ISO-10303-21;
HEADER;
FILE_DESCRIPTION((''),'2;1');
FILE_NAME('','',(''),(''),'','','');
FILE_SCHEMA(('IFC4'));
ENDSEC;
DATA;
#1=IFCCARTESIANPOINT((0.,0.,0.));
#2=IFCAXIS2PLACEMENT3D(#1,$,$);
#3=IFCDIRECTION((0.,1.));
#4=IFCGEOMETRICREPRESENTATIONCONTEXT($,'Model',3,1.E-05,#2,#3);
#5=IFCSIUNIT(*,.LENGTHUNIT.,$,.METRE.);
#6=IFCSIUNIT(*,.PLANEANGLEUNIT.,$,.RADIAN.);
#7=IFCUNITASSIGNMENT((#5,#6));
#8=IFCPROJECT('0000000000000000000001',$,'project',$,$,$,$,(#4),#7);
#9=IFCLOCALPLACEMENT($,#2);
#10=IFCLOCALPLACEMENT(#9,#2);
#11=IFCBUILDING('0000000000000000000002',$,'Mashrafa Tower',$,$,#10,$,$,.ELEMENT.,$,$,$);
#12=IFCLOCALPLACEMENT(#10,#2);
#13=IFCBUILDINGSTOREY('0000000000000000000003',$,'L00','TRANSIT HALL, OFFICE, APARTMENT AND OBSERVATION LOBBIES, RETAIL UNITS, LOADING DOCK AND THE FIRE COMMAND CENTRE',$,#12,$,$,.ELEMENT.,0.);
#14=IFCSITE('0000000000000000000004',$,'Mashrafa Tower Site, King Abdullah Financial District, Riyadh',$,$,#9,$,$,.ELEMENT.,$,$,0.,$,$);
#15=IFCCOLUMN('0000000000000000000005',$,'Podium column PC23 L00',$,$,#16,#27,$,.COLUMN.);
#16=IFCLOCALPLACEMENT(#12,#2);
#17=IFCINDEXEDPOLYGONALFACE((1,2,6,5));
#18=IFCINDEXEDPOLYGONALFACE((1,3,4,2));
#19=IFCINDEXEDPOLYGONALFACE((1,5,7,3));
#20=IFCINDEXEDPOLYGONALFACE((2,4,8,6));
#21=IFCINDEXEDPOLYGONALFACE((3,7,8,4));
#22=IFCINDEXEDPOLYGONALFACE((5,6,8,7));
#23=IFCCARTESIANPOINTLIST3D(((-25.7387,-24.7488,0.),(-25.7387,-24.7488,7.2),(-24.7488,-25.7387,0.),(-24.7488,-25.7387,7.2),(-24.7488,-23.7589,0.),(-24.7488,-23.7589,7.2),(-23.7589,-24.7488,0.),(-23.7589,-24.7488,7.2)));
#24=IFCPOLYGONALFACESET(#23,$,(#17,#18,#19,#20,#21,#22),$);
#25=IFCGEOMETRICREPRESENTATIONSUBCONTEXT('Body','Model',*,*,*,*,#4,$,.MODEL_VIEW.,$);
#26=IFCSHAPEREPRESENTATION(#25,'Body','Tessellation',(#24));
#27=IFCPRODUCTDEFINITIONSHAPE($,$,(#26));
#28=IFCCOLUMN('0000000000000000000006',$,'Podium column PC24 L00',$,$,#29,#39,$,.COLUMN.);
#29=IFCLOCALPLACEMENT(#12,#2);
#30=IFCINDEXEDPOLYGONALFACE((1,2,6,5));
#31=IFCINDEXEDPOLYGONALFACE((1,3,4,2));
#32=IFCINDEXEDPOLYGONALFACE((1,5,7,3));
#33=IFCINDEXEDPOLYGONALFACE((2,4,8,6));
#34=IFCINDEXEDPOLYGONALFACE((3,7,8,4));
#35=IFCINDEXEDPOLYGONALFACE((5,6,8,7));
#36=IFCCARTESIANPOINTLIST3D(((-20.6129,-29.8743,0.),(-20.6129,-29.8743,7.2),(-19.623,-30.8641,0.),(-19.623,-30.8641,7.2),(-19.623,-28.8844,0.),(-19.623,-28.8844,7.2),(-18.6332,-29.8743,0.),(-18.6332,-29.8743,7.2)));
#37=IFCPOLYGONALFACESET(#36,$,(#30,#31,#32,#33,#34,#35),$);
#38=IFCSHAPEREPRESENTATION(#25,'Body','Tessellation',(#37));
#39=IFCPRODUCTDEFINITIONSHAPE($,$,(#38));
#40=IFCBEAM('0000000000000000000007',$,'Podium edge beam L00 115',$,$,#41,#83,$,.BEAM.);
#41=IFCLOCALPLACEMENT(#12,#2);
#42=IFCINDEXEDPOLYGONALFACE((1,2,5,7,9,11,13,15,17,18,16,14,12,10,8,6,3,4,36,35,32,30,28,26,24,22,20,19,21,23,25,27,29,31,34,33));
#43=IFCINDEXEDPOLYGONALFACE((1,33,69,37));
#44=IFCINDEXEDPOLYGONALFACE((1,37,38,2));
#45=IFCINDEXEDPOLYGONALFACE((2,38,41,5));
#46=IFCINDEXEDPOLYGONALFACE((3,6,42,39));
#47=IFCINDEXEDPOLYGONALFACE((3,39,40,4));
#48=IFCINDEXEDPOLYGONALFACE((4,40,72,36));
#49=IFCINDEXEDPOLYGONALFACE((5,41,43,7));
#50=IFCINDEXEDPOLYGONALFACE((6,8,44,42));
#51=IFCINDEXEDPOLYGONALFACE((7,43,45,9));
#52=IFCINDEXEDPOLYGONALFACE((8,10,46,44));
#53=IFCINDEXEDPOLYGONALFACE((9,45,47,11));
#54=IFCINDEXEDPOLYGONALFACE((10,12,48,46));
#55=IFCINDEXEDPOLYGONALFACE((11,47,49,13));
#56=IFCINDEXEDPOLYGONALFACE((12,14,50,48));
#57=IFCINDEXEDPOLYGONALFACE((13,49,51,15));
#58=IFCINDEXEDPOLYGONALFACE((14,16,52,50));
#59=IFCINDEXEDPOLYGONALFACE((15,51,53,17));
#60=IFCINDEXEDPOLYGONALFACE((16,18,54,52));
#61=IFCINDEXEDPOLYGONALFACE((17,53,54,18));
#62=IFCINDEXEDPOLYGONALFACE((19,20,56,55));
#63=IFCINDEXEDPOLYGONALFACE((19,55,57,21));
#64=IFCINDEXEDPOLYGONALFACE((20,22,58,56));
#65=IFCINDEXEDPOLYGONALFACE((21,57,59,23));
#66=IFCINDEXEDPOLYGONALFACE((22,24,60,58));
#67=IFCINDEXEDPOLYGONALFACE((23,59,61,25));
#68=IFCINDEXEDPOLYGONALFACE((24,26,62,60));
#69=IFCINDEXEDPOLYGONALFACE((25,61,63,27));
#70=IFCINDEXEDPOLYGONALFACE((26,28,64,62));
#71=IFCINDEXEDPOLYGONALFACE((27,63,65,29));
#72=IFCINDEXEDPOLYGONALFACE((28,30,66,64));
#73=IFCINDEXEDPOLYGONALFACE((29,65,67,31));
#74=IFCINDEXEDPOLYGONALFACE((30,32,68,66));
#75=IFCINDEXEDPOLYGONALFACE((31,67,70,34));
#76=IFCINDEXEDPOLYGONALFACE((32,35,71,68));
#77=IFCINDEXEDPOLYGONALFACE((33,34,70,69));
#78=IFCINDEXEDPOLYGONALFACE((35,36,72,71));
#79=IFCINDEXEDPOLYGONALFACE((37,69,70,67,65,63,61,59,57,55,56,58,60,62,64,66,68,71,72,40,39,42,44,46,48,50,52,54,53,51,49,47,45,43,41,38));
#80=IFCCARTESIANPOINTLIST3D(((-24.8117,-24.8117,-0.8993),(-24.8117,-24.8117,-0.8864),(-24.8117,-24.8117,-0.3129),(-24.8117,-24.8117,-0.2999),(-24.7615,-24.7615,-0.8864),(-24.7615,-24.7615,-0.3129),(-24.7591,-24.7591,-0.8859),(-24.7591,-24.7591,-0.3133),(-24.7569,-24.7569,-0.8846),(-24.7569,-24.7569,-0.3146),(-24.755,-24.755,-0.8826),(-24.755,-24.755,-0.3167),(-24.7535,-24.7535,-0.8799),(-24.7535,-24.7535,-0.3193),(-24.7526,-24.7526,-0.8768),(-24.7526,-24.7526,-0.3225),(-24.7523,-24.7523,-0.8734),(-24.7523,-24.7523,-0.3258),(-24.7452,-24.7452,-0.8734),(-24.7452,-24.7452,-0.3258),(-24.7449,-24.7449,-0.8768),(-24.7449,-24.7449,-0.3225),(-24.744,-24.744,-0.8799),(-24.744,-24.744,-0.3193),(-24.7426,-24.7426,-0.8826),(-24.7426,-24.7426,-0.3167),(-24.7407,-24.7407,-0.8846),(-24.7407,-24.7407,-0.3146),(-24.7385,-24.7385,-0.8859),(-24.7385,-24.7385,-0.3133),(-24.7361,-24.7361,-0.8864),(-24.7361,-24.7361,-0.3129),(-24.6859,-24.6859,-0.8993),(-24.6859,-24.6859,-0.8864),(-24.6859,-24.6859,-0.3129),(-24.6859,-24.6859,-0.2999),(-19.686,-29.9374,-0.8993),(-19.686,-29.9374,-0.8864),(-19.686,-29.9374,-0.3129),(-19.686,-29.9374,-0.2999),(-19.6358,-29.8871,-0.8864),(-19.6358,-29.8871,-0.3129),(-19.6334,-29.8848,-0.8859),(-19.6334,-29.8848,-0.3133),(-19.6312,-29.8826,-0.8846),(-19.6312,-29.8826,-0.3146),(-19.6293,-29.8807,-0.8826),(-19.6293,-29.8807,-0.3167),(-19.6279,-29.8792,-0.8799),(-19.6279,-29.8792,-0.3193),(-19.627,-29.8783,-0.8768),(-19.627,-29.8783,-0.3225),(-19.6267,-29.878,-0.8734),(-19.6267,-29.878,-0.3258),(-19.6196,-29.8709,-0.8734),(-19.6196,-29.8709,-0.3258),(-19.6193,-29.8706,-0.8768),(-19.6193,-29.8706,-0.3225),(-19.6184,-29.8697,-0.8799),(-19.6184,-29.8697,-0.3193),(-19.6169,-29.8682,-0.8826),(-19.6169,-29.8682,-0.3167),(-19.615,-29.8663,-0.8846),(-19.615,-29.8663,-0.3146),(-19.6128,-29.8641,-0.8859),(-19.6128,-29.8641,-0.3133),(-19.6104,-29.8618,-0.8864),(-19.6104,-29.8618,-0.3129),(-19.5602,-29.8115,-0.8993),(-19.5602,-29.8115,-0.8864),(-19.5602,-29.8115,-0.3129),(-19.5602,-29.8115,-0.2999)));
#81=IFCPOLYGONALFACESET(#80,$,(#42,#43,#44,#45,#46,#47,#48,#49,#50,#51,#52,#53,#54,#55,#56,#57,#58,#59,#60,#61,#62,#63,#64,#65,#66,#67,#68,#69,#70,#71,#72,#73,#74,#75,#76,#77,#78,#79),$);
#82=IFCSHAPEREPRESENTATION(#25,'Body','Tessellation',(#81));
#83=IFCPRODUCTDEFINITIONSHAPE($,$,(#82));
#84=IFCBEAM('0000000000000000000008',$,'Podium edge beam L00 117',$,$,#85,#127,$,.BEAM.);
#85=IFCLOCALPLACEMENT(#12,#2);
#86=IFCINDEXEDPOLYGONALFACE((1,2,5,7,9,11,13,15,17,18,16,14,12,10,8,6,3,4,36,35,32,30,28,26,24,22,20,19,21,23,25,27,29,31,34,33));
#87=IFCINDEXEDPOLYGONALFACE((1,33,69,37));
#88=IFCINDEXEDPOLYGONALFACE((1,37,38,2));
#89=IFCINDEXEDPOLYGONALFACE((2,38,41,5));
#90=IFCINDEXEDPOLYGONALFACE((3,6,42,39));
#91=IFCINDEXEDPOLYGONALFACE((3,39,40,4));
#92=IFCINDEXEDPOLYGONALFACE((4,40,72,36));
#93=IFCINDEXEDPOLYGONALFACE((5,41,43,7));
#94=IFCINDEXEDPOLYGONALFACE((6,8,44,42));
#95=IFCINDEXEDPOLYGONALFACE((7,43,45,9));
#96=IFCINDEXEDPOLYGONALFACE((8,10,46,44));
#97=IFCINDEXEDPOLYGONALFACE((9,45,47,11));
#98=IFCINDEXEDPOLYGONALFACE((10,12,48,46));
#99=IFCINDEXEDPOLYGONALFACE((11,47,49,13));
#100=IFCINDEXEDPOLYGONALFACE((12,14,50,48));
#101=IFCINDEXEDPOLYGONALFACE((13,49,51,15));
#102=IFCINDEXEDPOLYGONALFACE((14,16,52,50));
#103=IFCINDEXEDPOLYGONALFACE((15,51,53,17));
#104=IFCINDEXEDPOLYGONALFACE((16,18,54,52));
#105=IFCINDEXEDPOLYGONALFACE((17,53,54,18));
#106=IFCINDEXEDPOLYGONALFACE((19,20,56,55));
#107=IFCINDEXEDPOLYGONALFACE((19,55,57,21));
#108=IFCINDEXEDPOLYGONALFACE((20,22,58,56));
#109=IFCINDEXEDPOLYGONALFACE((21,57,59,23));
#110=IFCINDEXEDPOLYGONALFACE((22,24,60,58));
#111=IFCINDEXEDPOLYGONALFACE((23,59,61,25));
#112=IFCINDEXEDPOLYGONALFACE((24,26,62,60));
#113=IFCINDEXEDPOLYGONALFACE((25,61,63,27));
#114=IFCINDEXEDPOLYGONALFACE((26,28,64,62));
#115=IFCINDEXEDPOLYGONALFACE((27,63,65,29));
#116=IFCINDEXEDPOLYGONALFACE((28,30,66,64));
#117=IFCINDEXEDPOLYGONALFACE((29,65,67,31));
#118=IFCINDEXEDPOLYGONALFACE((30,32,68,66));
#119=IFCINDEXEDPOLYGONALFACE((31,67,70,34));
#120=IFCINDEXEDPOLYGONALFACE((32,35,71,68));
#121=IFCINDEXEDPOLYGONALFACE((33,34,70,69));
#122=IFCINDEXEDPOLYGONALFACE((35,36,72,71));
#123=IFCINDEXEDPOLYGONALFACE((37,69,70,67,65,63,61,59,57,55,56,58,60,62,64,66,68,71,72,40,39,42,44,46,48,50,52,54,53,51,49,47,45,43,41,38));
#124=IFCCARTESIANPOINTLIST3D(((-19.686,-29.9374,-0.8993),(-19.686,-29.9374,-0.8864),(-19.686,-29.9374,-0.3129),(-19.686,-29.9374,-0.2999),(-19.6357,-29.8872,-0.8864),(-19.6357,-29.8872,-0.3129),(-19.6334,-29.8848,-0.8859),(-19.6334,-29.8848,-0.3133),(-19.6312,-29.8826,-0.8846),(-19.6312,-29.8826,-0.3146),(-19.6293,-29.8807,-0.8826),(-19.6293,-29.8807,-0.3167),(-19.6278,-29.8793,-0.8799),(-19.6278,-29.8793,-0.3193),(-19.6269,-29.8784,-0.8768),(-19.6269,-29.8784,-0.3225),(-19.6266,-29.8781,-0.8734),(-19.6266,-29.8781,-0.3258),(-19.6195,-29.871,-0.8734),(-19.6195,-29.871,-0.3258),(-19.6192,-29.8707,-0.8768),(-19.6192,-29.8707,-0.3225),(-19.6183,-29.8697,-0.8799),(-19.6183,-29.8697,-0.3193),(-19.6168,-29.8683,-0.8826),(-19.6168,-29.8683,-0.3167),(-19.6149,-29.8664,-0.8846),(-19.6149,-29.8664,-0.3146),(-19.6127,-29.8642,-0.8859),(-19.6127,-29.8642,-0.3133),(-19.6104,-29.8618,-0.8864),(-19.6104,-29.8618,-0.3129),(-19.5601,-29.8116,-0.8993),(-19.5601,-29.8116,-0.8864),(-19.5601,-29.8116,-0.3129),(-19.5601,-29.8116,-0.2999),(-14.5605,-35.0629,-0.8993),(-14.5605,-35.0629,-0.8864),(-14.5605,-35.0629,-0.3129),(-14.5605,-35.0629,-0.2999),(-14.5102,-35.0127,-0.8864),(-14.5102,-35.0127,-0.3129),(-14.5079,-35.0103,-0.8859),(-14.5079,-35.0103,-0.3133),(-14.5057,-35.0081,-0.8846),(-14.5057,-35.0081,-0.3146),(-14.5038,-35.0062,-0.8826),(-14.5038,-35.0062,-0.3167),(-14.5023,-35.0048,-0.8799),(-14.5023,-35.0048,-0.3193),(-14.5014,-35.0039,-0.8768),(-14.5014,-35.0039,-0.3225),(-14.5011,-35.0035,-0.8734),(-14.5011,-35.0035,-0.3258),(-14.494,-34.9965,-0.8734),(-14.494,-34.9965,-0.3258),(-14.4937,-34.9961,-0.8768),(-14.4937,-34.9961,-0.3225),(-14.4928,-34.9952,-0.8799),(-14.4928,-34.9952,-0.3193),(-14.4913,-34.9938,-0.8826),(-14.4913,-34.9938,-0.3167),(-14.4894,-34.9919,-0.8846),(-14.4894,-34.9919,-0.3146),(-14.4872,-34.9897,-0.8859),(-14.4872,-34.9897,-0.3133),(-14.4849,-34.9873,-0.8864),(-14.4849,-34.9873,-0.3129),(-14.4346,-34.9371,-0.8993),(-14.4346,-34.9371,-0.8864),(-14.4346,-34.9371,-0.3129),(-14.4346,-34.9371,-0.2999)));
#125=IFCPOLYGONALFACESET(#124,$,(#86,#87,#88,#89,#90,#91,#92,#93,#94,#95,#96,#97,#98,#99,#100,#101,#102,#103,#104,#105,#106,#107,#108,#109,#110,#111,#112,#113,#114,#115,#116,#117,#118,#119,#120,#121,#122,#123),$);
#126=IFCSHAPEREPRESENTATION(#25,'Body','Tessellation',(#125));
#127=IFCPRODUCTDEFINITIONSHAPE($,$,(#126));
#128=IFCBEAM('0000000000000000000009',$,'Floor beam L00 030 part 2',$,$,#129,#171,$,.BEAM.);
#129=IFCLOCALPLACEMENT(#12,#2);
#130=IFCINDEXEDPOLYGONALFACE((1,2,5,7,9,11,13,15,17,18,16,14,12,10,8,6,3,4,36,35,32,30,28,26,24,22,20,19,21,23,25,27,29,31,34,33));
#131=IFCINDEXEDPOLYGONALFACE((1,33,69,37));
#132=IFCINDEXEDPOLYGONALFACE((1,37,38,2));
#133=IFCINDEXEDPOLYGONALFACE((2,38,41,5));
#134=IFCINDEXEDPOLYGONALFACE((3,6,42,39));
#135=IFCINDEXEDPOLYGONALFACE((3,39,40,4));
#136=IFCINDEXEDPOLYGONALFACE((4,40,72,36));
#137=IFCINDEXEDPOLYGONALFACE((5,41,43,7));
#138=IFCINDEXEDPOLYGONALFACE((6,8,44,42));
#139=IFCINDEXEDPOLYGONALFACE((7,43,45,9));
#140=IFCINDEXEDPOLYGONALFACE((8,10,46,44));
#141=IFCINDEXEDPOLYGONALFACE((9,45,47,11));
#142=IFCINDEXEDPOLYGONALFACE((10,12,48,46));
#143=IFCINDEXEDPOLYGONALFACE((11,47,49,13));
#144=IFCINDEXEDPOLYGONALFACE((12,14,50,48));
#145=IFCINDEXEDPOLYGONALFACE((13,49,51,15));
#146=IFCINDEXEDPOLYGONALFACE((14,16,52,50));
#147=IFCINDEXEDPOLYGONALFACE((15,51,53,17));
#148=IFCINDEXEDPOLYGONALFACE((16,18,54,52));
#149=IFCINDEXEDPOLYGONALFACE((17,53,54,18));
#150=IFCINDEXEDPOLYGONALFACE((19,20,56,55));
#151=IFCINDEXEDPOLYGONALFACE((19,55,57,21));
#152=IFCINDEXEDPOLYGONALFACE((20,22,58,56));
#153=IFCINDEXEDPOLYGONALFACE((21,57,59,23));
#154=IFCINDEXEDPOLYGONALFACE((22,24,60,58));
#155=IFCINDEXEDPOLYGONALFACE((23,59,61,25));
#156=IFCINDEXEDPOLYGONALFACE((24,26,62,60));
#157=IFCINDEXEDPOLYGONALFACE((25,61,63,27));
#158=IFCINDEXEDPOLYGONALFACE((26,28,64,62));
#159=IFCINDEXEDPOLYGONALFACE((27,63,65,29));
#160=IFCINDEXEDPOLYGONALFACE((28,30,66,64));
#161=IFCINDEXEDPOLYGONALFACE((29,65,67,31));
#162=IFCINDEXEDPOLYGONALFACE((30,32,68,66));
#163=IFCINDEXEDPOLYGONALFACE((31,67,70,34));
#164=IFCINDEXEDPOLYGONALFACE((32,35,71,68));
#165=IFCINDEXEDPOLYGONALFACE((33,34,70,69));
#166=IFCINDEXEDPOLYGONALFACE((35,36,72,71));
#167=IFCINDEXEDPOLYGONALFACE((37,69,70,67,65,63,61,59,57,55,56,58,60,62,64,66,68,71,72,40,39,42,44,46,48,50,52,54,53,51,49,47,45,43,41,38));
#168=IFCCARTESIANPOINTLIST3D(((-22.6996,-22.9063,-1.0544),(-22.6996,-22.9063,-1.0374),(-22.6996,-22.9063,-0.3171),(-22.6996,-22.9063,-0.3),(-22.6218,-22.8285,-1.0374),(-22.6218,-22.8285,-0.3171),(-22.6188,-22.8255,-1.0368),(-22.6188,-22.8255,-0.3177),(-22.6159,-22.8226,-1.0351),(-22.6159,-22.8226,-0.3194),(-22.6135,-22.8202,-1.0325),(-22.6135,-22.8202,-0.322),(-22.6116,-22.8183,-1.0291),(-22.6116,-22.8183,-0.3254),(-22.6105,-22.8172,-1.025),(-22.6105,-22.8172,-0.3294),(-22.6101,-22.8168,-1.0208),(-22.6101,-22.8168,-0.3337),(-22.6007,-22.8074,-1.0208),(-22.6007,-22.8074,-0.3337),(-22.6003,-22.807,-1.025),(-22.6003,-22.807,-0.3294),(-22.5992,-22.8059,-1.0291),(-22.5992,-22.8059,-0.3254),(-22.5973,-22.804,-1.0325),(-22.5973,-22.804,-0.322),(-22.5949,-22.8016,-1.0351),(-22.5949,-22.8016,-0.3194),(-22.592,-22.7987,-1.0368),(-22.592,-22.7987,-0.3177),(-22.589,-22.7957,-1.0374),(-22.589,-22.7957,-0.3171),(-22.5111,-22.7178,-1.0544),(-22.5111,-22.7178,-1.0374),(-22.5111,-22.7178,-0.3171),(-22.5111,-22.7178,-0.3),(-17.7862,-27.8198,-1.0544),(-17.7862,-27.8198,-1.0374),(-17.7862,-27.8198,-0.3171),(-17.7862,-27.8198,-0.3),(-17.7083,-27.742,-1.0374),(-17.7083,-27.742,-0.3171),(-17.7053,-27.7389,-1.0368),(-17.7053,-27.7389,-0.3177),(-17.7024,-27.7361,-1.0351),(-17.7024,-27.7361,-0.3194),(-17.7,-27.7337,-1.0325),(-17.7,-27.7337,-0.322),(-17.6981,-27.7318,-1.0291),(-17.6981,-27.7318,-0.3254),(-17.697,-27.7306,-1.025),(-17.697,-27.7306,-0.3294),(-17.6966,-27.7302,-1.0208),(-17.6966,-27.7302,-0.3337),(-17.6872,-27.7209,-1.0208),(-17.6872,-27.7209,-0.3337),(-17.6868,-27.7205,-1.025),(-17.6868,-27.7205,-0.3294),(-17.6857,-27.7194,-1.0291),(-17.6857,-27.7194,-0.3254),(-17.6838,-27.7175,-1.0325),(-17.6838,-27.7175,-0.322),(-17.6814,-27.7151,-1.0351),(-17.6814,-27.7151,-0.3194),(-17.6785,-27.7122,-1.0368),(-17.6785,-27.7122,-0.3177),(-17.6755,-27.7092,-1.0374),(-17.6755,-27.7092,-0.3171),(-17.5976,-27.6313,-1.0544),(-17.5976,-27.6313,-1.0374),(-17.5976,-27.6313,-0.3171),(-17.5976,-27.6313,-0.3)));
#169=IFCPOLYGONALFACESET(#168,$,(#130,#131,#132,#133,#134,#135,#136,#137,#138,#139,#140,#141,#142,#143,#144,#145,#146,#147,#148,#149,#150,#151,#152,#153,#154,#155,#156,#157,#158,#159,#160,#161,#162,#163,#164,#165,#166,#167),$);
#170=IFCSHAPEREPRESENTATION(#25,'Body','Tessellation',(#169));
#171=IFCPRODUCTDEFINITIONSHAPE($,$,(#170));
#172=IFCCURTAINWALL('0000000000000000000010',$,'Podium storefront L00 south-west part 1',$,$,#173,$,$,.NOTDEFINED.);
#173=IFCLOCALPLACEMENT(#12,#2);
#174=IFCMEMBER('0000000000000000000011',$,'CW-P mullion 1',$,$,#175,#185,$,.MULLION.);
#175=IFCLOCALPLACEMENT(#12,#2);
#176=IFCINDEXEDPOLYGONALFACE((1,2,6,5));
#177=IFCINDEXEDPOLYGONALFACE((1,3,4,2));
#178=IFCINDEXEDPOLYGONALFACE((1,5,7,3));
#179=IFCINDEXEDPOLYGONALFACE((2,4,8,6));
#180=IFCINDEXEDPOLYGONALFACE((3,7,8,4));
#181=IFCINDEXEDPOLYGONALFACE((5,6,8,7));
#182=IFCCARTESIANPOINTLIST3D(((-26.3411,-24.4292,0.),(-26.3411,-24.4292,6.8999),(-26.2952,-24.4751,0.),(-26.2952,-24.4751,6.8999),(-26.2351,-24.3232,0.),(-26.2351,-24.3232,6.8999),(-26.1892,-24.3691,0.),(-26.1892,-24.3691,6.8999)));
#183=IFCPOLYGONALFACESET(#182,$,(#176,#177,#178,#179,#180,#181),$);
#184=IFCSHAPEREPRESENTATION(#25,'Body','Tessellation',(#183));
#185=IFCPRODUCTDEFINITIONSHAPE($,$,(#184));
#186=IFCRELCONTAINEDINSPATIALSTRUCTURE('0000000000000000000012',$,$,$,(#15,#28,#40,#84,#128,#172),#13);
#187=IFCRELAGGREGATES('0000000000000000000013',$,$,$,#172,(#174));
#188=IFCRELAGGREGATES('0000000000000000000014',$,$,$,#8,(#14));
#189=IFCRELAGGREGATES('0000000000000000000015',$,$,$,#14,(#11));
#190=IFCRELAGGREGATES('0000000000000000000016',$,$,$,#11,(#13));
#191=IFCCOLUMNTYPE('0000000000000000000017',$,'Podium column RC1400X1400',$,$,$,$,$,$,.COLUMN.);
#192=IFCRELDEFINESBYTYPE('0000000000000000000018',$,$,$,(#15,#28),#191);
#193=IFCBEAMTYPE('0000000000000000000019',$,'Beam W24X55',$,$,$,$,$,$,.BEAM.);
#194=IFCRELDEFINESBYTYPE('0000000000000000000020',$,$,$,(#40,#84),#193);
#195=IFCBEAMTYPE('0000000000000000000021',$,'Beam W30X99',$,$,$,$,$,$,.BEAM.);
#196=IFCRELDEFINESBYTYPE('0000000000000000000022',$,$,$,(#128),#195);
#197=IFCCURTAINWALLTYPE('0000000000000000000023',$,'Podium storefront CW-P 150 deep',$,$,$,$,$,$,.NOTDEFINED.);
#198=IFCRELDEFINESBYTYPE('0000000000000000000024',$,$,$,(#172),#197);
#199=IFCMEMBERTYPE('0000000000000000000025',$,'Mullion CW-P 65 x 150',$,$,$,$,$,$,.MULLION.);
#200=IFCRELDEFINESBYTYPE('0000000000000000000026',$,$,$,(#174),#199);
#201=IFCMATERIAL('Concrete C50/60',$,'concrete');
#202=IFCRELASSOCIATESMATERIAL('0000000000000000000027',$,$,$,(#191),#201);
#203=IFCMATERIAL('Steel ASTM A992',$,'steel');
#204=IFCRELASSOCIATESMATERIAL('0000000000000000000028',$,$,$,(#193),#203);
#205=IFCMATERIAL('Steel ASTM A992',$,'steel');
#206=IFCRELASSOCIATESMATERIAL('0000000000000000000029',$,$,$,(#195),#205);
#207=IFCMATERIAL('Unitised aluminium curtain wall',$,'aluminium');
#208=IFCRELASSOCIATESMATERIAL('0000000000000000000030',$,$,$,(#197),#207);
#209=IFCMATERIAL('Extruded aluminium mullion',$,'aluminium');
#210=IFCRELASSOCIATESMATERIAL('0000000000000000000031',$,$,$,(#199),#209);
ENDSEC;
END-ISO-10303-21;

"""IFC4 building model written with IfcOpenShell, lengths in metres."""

from ifc_helpers import new_model, si_unit, direction, frame, origin, origin_2d, place, context, subcontext, project, spatial, rectangle, i_section, extrude, source, transform, mapped, material, material_profile, profile_set, type_object, type_shapes, element, aggregate, save


model = new_model("IFC4")

# Units and contexts
model_context = context("Model", 3, precision=1e-05, world=origin(), true_north=direction((0.0, 1.0)))
body_context = subcontext(model_context, "Body", "Model", "MODEL_VIEW")
ifc_project = project(units=[si_unit("LENGTHUNIT", "METRE"), si_unit("PLANEANGLEUNIT", "RADIAN")], contexts=[model_context])

# Site, building, storey
site_placement = place(None, origin())
site = spatial("IfcSite", under=ifc_project, at=site_placement, Name="Mashrafa Tower Site, King Abdullah Financial District, Riyadh", CompositionType="ELEMENT", RefElevation=0.0)
building_placement = place(site_placement, origin())
building = spatial("IfcBuilding", under=site, at=building_placement, Name="Mashrafa Tower", CompositionType="ELEMENT")
storey_placement = place(building_placement, origin())
storey = spatial("IfcBuildingStorey", under=building, at=storey_placement, Name="L00", Description="TRANSIT HALL, OFFICE, APARTMENT AND OBSERVATION LOBBIES, RETAIL UNITS, LOADING DOCK AND THE FIRE COMMAND CENTRE", CompositionType="ELEMENT", Elevation=0.0)

# Columns
ifc_material_1 = material(Name="Concrete C50/60", Category="concrete")
ifc_material_profile_1 = material_profile(ifc_material_1, rectangle(XDim=1.3999, YDim=1.3999, at=origin_2d()), Name="RC1400X1400")
ifc_profile_set_1 = profile_set([ifc_material_profile_1], Name="Concrete C50/60")
column_type = type_object("IfcColumnType", Name="Podium column RC1400X1400", PredefinedType="COLUMN", material=ifc_profile_set_1)
for number, where, z_axis, x_axis, name in (
    (1, (-24.7488, -24.7488, 0.0), (0.0, 0.0, 1.0), (0.707107, 0.707107, 0.0), "Podium column PC23 L00"),
    (2, (-19.623, -29.8743, 0.0), (0.0, 0.0, 1.0), (0.707107, 0.707107, 0.0), "Podium column PC24 L00"),
):
    element("IfcColumn", number, at=place(storey_placement, frame(where, z_axis=z_axis, x_axis=x_axis)), inside=storey, type_object=column_type, Name=name, PredefinedType="COLUMN", context=body_context, shape_type="SweptSolid", body=[
        extrude(rectangle(XDim=1.3999, YDim=1.3999, at=origin_2d()), origin(), (0.0, 0.0, 1.0), 7.2),
    ])

# Beams
ifc_material_2 = material(Name="Steel ASTM A992", Category="steel")
ifc_material_profile_2 = material_profile(ifc_material_2, i_section(OverallWidth=0.178, OverallDepth=0.5994, WebThickness=0.01, FlangeThickness=0.0129, FilletRadius=0.0129, at=origin_2d()), Name="W24X55")
ifc_profile_set_2 = profile_set([ifc_material_profile_2], Name="Steel ASTM A992")
beam_type_1 = type_object("IfcBeamType", Name="Beam W24X55", PredefinedType="BEAM", material=ifc_profile_set_2)
beam_1_placement = place(storey_placement, frame((-24.7488, -24.7488, -0.5996), z_axis=(0.707107, -0.707107, 0.0), x_axis=(0.707107, 0.707107, 0.0)))
element("IfcBeam", 3, at=beam_1_placement, inside=storey, type_object=beam_type_1, Name="Podium edge beam L00 115", PredefinedType="BEAM", context=body_context, shape_type="SweptSolid", body=[
    extrude(i_section(OverallWidth=0.178, OverallDepth=0.5994, WebThickness=0.01, FlangeThickness=0.0129, FilletRadius=0.0129, at=origin_2d()), origin(), (0.0, 0.0, 1.0), 7.2488),
])
beam_2_placement = place(storey_placement, frame((-19.623, -29.8745, -0.5996), z_axis=(0.707107, -0.707107, 0.0), x_axis=(0.707107, 0.707107, 0.0)))
element("IfcBeam", 4, at=beam_2_placement, inside=storey, type_object=beam_type_1, Name="Podium edge beam L00 117", PredefinedType="BEAM", context=body_context, shape_type="SweptSolid", body=[
    extrude(i_section(OverallWidth=0.178, OverallDepth=0.5994, WebThickness=0.01, FlangeThickness=0.0129, FilletRadius=0.0129, at=origin_2d()), origin(), (0.0, 0.0, 1.0), 7.2485),
])
ifc_material_3 = material(Name="Steel ASTM A992", Category="steel")
ifc_material_profile_3 = material_profile(ifc_material_3, i_section(OverallWidth=0.2666, OverallDepth=0.7544, WebThickness=0.0132, FlangeThickness=0.0171, FilletRadius=0.0166, at=origin_2d()), Name="W30X99")
ifc_profile_set_3 = profile_set([ifc_material_profile_3], Name="Steel ASTM A992")
beam_type_2 = type_object("IfcBeamType", Name="Beam W30X99", PredefinedType="BEAM", material=ifc_profile_set_3)
beam_3_placement = place(storey_placement, frame((-17.6919, -27.7256, -0.6772), z_axis=(-0.707107, 0.707107, 0.0), x_axis=(-0.707107, -0.707107, 0.0)))
element("IfcBeam", 5, at=beam_3_placement, inside=storey, type_object=beam_type_2, Name="Floor beam L00 030 part 2", PredefinedType="BEAM", context=body_context, shape_type="SweptSolid", body=[
    extrude(i_section(OverallWidth=0.2666, OverallDepth=0.7544, WebThickness=0.0132, FlangeThickness=0.0171, FilletRadius=0.0166, at=origin_2d()), origin(), (0.0, 0.0, 1.0), 6.9487),
])

# Curtain wall, member
ifc_material_4 = material(Name="Unitised aluminium curtain wall", Category="aluminium")
curtain_wall_type = type_object("IfcCurtainWallType", Name="Podium storefront CW-P 150 deep", PredefinedType="NOTDEFINED", material=ifc_material_4)
curtain_wall_placement = place(storey_placement, origin())
curtain_wall = element("IfcCurtainWall", 6, at=curtain_wall_placement, inside=storey, type_object=curtain_wall_type, Name="Podium storefront L00 south-west part 1", PredefinedType="NOTDEFINED")
ifc_material_5 = material(Name="Extruded aluminium mullion", Category="aluminium")
ifc_material_profile_4 = material_profile(ifc_material_5, rectangle(XDim=0.1499, YDim=0.0649, at=origin_2d()), Name="Mullion 65x150")
ifc_profile_set_4 = profile_set([ifc_material_profile_4], Name="Extruded aluminium mullion")
member_type_1 = type_object("IfcMemberType", Name="Mullion CW-P 65 x 150", PredefinedType="MULLION", material=ifc_profile_set_4)
shared_shape_1 = source(origin(), body_context, "Body", "SweptSolid", [
    extrude(rectangle(XDim=0.1499, YDim=0.0649, at=origin_2d()), origin(), (0.0, 0.0, 1.0), 6.8999),
])
type_shapes(member_type_1, [shared_shape_1])
member_1_placement = place(storey_placement, frame((-26.2651, -24.3992, 0.0), z_axis=(0.0, 0.0, 1.0), x_axis=(0.707107, 0.707107, 0.0)))
member_1 = element("IfcMember", 7, at=member_1_placement, type_object=member_type_1, Name="CW-P mullion 1", PredefinedType="MULLION", context=body_context, shape_type="MappedRepresentation", body=[
    mapped(shared_shape_1, transform((0.0, 0.0, 0.0))),
])
aggregate(curtain_wall, [member_1])

save(model, "model.ifc")
